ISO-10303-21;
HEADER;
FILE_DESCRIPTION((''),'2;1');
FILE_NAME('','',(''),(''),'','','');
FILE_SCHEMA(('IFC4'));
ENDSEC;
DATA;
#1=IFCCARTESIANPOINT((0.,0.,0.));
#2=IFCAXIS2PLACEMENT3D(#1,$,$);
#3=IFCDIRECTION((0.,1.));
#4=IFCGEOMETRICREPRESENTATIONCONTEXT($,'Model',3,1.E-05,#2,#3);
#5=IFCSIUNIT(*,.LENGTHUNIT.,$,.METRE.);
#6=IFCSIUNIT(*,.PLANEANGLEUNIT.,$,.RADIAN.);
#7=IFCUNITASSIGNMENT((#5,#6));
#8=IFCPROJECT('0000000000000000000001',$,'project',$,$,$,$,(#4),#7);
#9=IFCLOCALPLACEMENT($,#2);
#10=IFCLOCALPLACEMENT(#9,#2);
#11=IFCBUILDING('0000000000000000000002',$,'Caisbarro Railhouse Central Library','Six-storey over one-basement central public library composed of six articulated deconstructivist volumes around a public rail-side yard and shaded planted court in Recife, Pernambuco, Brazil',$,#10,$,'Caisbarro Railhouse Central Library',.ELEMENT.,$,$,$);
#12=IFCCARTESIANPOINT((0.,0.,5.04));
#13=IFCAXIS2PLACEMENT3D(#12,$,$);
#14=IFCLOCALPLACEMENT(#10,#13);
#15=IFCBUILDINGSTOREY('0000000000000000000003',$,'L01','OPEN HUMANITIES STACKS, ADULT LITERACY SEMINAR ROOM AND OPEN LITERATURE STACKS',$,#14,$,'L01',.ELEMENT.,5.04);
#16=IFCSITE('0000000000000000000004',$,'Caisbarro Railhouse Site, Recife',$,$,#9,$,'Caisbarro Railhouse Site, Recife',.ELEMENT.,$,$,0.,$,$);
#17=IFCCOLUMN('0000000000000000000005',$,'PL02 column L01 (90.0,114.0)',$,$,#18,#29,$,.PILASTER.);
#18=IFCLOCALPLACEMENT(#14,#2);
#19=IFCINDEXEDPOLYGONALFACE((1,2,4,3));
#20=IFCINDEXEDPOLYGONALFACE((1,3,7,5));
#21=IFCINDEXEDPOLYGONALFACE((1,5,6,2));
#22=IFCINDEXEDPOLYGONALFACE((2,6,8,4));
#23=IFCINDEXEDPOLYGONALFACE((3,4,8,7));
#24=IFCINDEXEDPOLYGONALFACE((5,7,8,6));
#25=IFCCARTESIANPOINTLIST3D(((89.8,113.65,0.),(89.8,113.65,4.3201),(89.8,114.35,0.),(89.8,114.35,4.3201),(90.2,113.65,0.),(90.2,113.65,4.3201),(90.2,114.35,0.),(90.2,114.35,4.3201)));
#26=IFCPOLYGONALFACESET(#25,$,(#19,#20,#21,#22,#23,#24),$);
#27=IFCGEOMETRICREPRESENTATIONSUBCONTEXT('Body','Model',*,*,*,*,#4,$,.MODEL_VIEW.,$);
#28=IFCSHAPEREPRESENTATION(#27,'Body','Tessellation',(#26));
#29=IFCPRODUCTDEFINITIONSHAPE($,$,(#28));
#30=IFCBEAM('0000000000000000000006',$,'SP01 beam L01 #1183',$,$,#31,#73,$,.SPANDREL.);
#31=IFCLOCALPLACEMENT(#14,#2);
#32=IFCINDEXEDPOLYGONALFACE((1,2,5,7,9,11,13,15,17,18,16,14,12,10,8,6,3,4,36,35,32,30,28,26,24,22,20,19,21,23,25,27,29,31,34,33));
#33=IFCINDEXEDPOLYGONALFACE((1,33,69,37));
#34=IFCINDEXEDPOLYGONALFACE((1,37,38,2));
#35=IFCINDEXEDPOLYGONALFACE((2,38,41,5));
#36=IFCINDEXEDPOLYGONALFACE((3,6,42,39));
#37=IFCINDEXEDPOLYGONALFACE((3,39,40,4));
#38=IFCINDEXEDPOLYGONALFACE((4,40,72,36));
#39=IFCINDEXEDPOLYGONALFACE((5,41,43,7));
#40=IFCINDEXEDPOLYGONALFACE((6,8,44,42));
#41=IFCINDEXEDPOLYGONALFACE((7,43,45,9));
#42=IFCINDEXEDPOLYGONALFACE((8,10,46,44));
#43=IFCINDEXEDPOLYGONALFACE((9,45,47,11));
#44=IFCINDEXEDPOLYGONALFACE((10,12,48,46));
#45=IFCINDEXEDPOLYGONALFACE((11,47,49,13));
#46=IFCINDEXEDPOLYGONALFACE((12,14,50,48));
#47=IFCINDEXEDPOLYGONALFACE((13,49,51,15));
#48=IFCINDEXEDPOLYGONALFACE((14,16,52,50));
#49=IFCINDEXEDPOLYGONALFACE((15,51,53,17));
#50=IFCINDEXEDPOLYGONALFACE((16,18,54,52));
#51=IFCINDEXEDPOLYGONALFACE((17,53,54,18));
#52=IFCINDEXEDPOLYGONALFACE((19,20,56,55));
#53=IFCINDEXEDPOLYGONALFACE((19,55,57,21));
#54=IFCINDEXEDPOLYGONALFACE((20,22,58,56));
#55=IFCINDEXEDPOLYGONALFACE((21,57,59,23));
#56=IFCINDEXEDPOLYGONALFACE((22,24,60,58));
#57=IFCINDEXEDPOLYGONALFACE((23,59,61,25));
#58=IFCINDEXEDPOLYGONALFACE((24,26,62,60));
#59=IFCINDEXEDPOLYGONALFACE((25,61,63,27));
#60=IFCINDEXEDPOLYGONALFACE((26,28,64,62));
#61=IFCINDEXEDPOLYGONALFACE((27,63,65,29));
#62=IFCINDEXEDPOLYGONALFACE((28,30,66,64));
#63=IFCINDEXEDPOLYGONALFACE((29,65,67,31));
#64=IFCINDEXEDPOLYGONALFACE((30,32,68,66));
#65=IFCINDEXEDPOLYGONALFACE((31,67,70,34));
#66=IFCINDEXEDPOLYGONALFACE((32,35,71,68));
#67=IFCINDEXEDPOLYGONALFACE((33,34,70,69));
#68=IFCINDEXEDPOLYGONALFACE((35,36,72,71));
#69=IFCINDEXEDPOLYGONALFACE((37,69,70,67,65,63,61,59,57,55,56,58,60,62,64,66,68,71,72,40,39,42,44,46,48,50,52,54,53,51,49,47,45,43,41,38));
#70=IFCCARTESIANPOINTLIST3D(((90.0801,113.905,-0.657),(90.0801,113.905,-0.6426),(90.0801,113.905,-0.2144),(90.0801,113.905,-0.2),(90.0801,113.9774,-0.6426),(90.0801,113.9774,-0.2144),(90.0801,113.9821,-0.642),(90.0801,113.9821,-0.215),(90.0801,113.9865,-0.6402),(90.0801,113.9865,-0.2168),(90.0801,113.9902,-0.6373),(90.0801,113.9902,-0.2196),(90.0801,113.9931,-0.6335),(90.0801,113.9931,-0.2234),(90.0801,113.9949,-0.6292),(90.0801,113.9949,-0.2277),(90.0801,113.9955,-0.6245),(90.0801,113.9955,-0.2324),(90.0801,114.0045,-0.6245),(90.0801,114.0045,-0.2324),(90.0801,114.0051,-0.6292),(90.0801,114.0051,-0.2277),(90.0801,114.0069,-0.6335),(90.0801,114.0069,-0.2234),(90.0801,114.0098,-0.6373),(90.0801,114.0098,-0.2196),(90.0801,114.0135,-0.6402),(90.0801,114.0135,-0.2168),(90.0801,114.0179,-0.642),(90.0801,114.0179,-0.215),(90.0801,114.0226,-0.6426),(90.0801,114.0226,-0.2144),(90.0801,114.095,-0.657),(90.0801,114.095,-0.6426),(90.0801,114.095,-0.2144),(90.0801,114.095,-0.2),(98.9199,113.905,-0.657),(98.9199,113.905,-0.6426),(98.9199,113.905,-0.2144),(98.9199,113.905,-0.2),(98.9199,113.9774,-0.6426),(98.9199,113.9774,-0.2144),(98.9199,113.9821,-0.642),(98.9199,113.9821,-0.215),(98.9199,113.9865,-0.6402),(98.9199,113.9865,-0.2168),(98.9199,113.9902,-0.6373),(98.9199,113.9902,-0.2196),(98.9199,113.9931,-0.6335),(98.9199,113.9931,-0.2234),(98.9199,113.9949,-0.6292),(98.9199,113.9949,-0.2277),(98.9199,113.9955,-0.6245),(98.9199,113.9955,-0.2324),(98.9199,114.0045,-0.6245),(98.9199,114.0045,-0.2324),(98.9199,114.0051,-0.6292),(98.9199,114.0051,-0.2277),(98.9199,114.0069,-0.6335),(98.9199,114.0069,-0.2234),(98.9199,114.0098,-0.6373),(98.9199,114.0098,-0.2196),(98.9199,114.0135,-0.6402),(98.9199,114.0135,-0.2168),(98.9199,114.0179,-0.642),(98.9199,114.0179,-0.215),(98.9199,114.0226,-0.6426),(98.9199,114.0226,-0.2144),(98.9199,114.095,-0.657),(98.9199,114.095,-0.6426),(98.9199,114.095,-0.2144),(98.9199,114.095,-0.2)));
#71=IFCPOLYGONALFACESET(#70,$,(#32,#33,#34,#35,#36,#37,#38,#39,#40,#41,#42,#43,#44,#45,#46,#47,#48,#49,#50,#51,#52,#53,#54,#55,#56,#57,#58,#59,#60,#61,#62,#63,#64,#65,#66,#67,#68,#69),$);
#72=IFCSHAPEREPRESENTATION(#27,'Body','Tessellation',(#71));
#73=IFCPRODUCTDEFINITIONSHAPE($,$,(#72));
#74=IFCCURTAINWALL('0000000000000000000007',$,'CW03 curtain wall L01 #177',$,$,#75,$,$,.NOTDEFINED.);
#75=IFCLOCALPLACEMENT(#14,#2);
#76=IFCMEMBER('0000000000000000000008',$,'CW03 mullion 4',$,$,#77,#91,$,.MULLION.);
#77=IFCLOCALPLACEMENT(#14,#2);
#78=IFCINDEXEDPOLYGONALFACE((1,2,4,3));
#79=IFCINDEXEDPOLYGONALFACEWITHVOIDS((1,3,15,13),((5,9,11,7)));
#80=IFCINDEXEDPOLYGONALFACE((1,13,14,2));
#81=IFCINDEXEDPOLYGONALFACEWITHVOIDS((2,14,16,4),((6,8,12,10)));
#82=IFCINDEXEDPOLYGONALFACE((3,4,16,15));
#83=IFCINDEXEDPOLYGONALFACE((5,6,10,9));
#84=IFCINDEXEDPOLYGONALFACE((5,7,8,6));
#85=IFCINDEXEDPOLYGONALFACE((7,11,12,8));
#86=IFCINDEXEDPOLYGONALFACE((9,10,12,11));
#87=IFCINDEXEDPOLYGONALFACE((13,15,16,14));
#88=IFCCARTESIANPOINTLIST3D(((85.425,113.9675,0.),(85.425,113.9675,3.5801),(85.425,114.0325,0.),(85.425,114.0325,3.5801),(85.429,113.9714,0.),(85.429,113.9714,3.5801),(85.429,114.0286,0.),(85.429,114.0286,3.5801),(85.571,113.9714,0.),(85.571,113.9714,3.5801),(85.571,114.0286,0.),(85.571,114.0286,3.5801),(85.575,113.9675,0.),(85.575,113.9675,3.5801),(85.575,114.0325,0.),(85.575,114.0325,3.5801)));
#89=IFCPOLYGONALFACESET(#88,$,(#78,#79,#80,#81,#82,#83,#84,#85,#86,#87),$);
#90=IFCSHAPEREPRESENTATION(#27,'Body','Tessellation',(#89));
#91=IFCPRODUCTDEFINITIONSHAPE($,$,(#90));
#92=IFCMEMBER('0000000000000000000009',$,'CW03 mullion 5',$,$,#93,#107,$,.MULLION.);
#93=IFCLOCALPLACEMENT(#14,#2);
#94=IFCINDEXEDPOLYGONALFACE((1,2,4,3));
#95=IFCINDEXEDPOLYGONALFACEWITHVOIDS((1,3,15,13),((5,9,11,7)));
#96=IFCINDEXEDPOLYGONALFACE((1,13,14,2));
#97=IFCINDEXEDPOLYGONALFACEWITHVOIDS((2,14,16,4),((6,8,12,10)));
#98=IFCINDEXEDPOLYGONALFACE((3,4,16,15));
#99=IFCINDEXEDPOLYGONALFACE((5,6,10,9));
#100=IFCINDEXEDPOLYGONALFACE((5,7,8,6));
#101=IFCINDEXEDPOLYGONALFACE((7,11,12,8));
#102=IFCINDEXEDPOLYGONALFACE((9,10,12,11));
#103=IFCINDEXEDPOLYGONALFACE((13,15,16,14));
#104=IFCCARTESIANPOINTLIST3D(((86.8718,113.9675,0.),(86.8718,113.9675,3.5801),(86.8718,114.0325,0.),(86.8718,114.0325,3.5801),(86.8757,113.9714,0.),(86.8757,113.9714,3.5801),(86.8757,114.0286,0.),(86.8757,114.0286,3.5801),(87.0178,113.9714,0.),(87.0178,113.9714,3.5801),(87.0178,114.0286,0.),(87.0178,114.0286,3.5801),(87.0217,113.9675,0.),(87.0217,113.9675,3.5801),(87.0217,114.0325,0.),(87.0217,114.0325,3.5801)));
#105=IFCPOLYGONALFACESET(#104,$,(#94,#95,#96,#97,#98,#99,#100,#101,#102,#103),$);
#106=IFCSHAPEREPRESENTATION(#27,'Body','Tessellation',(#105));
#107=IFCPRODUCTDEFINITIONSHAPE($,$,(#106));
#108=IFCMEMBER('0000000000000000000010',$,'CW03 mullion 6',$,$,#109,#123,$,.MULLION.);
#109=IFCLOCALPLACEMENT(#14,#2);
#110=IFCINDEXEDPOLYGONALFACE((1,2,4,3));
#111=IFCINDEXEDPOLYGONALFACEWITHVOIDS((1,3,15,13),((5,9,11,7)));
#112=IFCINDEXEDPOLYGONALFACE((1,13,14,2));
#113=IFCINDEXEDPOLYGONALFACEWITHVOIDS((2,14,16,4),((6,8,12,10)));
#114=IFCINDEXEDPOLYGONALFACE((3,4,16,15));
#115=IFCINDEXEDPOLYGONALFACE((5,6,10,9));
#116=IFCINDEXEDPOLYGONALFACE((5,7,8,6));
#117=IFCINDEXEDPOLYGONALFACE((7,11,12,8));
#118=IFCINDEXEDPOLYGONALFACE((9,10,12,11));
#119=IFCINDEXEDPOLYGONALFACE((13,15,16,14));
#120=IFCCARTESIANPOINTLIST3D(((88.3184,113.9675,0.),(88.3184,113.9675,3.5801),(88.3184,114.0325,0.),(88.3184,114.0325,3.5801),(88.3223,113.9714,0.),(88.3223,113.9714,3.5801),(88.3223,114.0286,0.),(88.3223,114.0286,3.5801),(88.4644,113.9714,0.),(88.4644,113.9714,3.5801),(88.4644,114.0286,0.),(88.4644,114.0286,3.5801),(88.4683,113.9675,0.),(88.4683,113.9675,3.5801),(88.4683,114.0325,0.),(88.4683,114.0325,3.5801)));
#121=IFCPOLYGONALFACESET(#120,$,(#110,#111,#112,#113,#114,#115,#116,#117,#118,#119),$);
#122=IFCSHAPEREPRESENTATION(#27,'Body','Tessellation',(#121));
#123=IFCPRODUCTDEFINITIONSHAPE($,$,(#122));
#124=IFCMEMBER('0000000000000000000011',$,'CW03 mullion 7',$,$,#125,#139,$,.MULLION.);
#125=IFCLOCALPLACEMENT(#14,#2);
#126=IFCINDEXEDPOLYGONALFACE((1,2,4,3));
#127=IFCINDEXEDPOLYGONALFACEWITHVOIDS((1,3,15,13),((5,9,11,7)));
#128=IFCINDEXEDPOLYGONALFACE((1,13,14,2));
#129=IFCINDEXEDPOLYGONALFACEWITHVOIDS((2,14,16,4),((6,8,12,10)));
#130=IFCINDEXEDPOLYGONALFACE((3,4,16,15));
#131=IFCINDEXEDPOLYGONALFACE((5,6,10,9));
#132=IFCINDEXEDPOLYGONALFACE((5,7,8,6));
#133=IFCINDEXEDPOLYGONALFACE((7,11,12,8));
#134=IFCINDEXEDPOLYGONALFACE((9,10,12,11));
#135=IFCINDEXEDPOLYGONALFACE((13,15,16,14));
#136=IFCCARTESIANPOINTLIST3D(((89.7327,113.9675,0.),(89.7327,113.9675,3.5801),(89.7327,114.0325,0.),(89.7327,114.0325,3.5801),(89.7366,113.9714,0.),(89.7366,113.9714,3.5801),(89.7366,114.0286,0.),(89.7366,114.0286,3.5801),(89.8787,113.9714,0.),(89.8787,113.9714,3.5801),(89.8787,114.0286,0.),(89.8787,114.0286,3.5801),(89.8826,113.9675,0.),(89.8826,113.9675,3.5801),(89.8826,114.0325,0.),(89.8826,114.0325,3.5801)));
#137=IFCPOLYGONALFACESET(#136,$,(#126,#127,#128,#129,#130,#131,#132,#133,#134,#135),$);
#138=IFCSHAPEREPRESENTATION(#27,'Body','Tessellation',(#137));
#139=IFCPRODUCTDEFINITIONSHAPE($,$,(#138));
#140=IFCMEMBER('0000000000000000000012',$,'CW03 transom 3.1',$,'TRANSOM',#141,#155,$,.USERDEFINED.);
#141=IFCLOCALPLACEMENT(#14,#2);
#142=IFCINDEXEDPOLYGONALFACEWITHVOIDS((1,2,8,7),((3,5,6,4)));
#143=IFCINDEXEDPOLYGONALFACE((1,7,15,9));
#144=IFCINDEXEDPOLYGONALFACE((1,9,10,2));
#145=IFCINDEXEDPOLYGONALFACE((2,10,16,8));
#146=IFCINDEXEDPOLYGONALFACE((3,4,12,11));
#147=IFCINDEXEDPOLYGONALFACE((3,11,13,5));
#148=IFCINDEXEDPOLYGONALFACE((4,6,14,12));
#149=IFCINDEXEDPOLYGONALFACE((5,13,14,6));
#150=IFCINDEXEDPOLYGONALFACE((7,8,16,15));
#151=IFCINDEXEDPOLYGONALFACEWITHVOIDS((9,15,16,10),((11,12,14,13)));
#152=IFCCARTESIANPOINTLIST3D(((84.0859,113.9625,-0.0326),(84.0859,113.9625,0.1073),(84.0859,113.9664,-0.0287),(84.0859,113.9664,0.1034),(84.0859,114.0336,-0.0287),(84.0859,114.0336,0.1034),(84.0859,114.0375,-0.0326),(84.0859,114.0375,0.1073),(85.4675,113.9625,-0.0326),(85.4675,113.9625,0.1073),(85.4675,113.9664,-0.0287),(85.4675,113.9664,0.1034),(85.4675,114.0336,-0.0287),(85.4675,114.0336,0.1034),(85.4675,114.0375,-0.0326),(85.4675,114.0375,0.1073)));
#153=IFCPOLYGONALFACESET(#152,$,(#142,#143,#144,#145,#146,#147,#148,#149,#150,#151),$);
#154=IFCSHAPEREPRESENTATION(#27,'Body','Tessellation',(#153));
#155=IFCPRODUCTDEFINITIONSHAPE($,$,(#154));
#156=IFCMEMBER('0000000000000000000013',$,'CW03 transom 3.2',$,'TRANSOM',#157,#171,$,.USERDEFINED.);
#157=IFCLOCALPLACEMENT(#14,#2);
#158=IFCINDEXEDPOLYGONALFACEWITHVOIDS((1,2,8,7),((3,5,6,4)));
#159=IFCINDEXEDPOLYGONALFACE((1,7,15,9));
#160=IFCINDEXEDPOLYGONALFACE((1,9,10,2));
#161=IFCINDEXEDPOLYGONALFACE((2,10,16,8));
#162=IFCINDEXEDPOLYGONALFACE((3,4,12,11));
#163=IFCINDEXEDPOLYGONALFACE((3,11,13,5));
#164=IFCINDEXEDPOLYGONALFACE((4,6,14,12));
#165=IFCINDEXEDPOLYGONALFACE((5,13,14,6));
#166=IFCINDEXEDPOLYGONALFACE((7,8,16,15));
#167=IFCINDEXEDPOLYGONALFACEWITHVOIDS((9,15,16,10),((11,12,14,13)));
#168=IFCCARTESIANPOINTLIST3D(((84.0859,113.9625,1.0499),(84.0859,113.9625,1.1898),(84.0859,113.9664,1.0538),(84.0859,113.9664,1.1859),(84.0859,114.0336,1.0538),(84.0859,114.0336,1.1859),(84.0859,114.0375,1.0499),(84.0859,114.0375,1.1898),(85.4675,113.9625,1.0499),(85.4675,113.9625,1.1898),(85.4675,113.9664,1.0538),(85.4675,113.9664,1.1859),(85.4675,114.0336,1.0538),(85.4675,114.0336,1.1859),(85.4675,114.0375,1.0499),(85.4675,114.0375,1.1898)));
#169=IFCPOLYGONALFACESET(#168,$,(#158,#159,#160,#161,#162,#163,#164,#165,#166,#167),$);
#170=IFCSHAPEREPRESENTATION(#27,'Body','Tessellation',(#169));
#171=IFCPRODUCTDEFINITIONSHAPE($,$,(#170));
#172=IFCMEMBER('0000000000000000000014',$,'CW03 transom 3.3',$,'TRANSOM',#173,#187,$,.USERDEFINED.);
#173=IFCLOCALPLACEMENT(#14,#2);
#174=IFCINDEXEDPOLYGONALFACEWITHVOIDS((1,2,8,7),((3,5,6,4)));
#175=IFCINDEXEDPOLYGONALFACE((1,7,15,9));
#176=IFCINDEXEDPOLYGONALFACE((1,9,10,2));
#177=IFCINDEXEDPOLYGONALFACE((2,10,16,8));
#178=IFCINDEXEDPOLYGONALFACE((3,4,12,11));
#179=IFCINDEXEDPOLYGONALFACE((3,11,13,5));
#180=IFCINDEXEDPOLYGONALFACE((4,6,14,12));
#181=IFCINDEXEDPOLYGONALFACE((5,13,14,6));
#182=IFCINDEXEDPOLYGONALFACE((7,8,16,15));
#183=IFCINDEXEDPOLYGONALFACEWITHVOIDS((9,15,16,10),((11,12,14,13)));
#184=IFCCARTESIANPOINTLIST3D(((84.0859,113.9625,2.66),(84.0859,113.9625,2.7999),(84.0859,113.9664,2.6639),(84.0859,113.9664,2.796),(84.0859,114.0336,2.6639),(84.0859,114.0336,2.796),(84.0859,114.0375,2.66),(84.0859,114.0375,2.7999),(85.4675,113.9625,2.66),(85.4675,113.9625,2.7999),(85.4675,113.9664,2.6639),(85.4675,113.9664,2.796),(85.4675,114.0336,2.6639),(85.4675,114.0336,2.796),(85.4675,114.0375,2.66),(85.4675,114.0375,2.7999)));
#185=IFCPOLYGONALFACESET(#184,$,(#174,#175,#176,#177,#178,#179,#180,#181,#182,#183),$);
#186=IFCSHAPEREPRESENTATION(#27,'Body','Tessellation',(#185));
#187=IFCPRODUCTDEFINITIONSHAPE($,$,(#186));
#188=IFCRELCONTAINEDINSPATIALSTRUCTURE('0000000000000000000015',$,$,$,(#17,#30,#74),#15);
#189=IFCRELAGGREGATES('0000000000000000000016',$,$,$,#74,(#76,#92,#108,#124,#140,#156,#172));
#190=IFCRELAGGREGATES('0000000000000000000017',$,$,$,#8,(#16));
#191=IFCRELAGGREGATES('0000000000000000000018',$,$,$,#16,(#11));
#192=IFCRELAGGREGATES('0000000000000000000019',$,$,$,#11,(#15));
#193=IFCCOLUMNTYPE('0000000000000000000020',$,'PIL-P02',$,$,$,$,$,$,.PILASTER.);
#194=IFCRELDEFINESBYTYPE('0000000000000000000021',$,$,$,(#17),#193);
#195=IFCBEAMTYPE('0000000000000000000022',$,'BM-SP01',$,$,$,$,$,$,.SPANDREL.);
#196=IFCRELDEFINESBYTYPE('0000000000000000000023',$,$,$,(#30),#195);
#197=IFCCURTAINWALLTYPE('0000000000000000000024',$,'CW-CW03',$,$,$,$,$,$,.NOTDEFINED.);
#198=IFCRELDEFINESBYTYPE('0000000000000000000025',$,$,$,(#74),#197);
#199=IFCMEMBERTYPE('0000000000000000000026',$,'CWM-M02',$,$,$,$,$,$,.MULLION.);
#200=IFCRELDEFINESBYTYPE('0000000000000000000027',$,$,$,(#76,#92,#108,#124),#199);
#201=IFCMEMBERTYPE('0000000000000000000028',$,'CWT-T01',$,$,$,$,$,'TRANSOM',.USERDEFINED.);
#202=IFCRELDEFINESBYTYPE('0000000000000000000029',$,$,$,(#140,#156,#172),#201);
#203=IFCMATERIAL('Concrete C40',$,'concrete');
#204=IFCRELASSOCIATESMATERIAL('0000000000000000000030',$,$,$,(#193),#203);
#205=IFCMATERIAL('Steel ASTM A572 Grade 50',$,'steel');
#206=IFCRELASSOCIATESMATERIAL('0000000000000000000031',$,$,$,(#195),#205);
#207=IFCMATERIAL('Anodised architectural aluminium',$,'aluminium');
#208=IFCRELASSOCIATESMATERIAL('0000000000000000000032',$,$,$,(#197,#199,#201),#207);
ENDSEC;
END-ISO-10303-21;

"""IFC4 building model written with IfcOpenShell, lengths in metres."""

from ifc_helpers import new_model, si_unit, direction, frame, origin, origin_2d, place, context, subcontext, project, spatial, rectangle, hollow_rectangle, i_section, extrude, material, material_profile, profile_set, type_object, element, aggregate, save


model = new_model("IFC4")

# Units and contexts
model_context = context("Model", 3, precision=1e-05, world=origin(), true_north=direction((0.0, 1.0)))
body_context = subcontext(model_context, "Body", "Model", "MODEL_VIEW")
ifc_project = project(units=[si_unit("LENGTHUNIT", "METRE"), si_unit("PLANEANGLEUNIT", "RADIAN")], contexts=[model_context])

# Site, building, storey
site_placement = place(None, origin())
site = spatial("IfcSite", under=ifc_project, at=site_placement, Name="Caisbarro Railhouse Site, Recife", LongName="Caisbarro Railhouse Site, Recife", CompositionType="ELEMENT", RefElevation=0.0)
building_placement = place(site_placement, origin())
building = spatial("IfcBuilding", under=site, at=building_placement, Name="Caisbarro Railhouse Central Library", Description="Six-storey over one-basement central public library composed of six articulated deconstructivist volumes around a public rail-side yard and shaded planted court in Recife, Pernambuco, Brazil", LongName="Caisbarro Railhouse Central Library", CompositionType="ELEMENT")
storey_placement = place(building_placement, frame((0.0, 0.0, 5.04)))
storey = spatial("IfcBuildingStorey", under=building, at=storey_placement, Name="L01", Description="OPEN HUMANITIES STACKS, ADULT LITERACY SEMINAR ROOM AND OPEN LITERATURE STACKS", LongName="L01", CompositionType="ELEMENT", Elevation=5.04)

# Column
ifc_material_1 = material(Name="Concrete C40", Category="concrete")
ifc_material_profile_1 = material_profile(ifc_material_1, rectangle(XDim=0.3999, YDim=0.7, at=origin_2d()), Name="RC-PIL-400X700")
ifc_profile_set_1 = profile_set([ifc_material_profile_1], Name="Concrete C40")
column_type = type_object("IfcColumnType", Name="PIL-P02", PredefinedType="PILASTER", material=ifc_profile_set_1)
column_placement = place(storey_placement, frame((90.0, 114.0, 0.0), z_axis=(0.0, 0.0, 1.0), x_axis=(1.0, 0.0, 0.0)))
element("IfcColumn", 1, at=column_placement, inside=storey, type_object=column_type, Name="PL02 column L01 (90.0,114.0)", PredefinedType="PILASTER", context=body_context, shape_type="SweptSolid", body=[
    extrude(rectangle(XDim=0.3999, YDim=0.7, at=origin_2d()), origin(), (0.0, 0.0, 1.0), 4.3201),
])

# Beam
ifc_material_2 = material(Name="Steel ASTM A572 Grade 50", Category="steel")
ifc_material_profile_2 = material_profile(ifc_material_2, i_section(OverallWidth=0.1899, OverallDepth=0.457, WebThickness=0.009, FlangeThickness=0.0144, FilletRadius=0.0181, at=origin_2d()), Name="W460X74.0")
ifc_profile_set_2 = profile_set([ifc_material_profile_2], Name="Steel ASTM A572 Grade 50")
beam_type = type_object("IfcBeamType", Name="BM-SP01", PredefinedType="SPANDREL", material=ifc_profile_set_2)
beam_placement = place(storey_placement, frame((90.0801, 114.0, -0.4285), z_axis=(1.0, 0.0, 0.0), x_axis=(0.0, 1.0, 0.0)))
element("IfcBeam", 2, at=beam_placement, inside=storey, type_object=beam_type, Name="SP01 beam L01 #1183", PredefinedType="SPANDREL", context=body_context, shape_type="SweptSolid", body=[
    extrude(i_section(OverallWidth=0.1899, OverallDepth=0.457, WebThickness=0.009, FlangeThickness=0.0144, FilletRadius=0.0181, at=origin_2d()), origin(), (0.0, 0.0, 1.0), 8.8398),
])

# Curtain wall, members
ifc_material_3 = material(Name="Anodised architectural aluminium", Category="aluminium")
curtain_wall_type = type_object("IfcCurtainWallType", Name="CW-CW03", PredefinedType="NOTDEFINED", material=ifc_material_3)
curtain_wall_placement = place(storey_placement, origin())
curtain_wall = element("IfcCurtainWall", 3, at=curtain_wall_placement, inside=storey, type_object=curtain_wall_type, Name="CW03 curtain wall L01 #177", PredefinedType="NOTDEFINED")
ifc_material_profile_3 = material_profile(ifc_material_3, hollow_rectangle(XDim=0.0649, YDim=0.1499, WallThickness=0.0039, at=origin_2d()), Name="ALU-MUL-65X150")
ifc_profile_set_3 = profile_set([ifc_material_profile_3], Name="Anodised architectural aluminium")
member_type_1 = type_object("IfcMemberType", Name="CWM-M02", PredefinedType="MULLION", material=ifc_profile_set_3)
member_1_placement = place(storey_placement, frame((85.5, 114.0, 0.0), z_axis=(0.0, 0.0, 1.0), x_axis=(0.0, 1.0, 0.0)))
member_1 = element("IfcMember", 4, at=member_1_placement, type_object=member_type_1, Name="CW03 mullion 4", PredefinedType="MULLION", context=body_context, shape_type="SweptSolid", body=[
    extrude(hollow_rectangle(XDim=0.0649, YDim=0.1499, WallThickness=0.0039, at=origin_2d()), origin(), (0.0, 0.0, 1.0), 3.5801),
])
member_2_placement = place(storey_placement, frame((86.9468, 114.0, 0.0), z_axis=(0.0, 0.0, 1.0), x_axis=(0.0, 1.0, 0.0)))
member_2 = element("IfcMember", 5, at=member_2_placement, type_object=member_type_1, Name="CW03 mullion 5", PredefinedType="MULLION", context=body_context, shape_type="SweptSolid", body=[
    extrude(hollow_rectangle(XDim=0.0649, YDim=0.1499, WallThickness=0.0039, at=origin_2d()), origin(), (0.0, 0.0, 1.0), 3.5801),
])
member_3_placement = place(storey_placement, frame((88.3933, 114.0, 0.0), z_axis=(0.0, 0.0, 1.0), x_axis=(0.0, 1.0, 0.0)))
member_3 = element("IfcMember", 6, at=member_3_placement, type_object=member_type_1, Name="CW03 mullion 6", PredefinedType="MULLION", context=body_context, shape_type="SweptSolid", body=[
    extrude(hollow_rectangle(XDim=0.0649, YDim=0.1499, WallThickness=0.0039, at=origin_2d()), origin(), (0.0, 0.0, 1.0), 3.5801),
])
member_4_placement = place(storey_placement, frame((89.8076, 114.0, 0.0), z_axis=(0.0, 0.0, 1.0), x_axis=(0.0, 1.0, 0.0)))
member_4 = element("IfcMember", 7, at=member_4_placement, type_object=member_type_1, Name="CW03 mullion 7", PredefinedType="MULLION", context=body_context, shape_type="SweptSolid", body=[
    extrude(hollow_rectangle(XDim=0.0649, YDim=0.1499, WallThickness=0.0039, at=origin_2d()), origin(), (0.0, 0.0, 1.0), 3.5801),
])
ifc_material_profile_4 = material_profile(ifc_material_3, hollow_rectangle(XDim=0.075, YDim=0.1399, WallThickness=0.0039, at=origin_2d()), Name="ALU-TRN-75X140")
ifc_profile_set_4 = profile_set([ifc_material_profile_4], Name="Anodised architectural aluminium")
member_type_2 = type_object("IfcMemberType", Name="CWT-T01", ElementType="TRANSOM", PredefinedType="USERDEFINED", material=ifc_profile_set_4)
member_5_placement = place(storey_placement, frame((84.0859, 114.0, 0.0374), z_axis=(1.0, 0.0, 0.0), x_axis=(0.0, 1.0, 0.0)))
member_5 = element("IfcMember", 8, at=member_5_placement, type_object=member_type_2, Name="CW03 transom 3.1", ObjectType="TRANSOM", PredefinedType="USERDEFINED", context=body_context, shape_type="SweptSolid", body=[
    extrude(hollow_rectangle(XDim=0.075, YDim=0.1399, WallThickness=0.0039, at=origin_2d()), origin(), (0.0, 0.0, 1.0), 1.3816),
])
member_6_placement = place(storey_placement, frame((84.0859, 114.0, 1.1199), z_axis=(1.0, 0.0, 0.0), x_axis=(0.0, 1.0, 0.0)))
member_6 = element("IfcMember", 9, at=member_6_placement, type_object=member_type_2, Name="CW03 transom 3.2", ObjectType="TRANSOM", PredefinedType="USERDEFINED", context=body_context, shape_type="SweptSolid", body=[
    extrude(hollow_rectangle(XDim=0.075, YDim=0.1399, WallThickness=0.0039, at=origin_2d()), origin(), (0.0, 0.0, 1.0), 1.3816),
])
member_7_placement = place(storey_placement, frame((84.0859, 114.0, 2.73), z_axis=(1.0, 0.0, 0.0), x_axis=(0.0, 1.0, 0.0)))
member_7 = element("IfcMember", 10, at=member_7_placement, type_object=member_type_2, Name="CW03 transom 3.3", ObjectType="TRANSOM", PredefinedType="USERDEFINED", context=body_context, shape_type="SweptSolid", body=[
    extrude(hollow_rectangle(XDim=0.075, YDim=0.1399, WallThickness=0.0039, at=origin_2d()), origin(), (0.0, 0.0, 1.0), 1.3816),
])
aggregate(curtain_wall, [member_1, member_2, member_3, member_4, member_5, member_6, member_7])

save(model, "model.ifc")
